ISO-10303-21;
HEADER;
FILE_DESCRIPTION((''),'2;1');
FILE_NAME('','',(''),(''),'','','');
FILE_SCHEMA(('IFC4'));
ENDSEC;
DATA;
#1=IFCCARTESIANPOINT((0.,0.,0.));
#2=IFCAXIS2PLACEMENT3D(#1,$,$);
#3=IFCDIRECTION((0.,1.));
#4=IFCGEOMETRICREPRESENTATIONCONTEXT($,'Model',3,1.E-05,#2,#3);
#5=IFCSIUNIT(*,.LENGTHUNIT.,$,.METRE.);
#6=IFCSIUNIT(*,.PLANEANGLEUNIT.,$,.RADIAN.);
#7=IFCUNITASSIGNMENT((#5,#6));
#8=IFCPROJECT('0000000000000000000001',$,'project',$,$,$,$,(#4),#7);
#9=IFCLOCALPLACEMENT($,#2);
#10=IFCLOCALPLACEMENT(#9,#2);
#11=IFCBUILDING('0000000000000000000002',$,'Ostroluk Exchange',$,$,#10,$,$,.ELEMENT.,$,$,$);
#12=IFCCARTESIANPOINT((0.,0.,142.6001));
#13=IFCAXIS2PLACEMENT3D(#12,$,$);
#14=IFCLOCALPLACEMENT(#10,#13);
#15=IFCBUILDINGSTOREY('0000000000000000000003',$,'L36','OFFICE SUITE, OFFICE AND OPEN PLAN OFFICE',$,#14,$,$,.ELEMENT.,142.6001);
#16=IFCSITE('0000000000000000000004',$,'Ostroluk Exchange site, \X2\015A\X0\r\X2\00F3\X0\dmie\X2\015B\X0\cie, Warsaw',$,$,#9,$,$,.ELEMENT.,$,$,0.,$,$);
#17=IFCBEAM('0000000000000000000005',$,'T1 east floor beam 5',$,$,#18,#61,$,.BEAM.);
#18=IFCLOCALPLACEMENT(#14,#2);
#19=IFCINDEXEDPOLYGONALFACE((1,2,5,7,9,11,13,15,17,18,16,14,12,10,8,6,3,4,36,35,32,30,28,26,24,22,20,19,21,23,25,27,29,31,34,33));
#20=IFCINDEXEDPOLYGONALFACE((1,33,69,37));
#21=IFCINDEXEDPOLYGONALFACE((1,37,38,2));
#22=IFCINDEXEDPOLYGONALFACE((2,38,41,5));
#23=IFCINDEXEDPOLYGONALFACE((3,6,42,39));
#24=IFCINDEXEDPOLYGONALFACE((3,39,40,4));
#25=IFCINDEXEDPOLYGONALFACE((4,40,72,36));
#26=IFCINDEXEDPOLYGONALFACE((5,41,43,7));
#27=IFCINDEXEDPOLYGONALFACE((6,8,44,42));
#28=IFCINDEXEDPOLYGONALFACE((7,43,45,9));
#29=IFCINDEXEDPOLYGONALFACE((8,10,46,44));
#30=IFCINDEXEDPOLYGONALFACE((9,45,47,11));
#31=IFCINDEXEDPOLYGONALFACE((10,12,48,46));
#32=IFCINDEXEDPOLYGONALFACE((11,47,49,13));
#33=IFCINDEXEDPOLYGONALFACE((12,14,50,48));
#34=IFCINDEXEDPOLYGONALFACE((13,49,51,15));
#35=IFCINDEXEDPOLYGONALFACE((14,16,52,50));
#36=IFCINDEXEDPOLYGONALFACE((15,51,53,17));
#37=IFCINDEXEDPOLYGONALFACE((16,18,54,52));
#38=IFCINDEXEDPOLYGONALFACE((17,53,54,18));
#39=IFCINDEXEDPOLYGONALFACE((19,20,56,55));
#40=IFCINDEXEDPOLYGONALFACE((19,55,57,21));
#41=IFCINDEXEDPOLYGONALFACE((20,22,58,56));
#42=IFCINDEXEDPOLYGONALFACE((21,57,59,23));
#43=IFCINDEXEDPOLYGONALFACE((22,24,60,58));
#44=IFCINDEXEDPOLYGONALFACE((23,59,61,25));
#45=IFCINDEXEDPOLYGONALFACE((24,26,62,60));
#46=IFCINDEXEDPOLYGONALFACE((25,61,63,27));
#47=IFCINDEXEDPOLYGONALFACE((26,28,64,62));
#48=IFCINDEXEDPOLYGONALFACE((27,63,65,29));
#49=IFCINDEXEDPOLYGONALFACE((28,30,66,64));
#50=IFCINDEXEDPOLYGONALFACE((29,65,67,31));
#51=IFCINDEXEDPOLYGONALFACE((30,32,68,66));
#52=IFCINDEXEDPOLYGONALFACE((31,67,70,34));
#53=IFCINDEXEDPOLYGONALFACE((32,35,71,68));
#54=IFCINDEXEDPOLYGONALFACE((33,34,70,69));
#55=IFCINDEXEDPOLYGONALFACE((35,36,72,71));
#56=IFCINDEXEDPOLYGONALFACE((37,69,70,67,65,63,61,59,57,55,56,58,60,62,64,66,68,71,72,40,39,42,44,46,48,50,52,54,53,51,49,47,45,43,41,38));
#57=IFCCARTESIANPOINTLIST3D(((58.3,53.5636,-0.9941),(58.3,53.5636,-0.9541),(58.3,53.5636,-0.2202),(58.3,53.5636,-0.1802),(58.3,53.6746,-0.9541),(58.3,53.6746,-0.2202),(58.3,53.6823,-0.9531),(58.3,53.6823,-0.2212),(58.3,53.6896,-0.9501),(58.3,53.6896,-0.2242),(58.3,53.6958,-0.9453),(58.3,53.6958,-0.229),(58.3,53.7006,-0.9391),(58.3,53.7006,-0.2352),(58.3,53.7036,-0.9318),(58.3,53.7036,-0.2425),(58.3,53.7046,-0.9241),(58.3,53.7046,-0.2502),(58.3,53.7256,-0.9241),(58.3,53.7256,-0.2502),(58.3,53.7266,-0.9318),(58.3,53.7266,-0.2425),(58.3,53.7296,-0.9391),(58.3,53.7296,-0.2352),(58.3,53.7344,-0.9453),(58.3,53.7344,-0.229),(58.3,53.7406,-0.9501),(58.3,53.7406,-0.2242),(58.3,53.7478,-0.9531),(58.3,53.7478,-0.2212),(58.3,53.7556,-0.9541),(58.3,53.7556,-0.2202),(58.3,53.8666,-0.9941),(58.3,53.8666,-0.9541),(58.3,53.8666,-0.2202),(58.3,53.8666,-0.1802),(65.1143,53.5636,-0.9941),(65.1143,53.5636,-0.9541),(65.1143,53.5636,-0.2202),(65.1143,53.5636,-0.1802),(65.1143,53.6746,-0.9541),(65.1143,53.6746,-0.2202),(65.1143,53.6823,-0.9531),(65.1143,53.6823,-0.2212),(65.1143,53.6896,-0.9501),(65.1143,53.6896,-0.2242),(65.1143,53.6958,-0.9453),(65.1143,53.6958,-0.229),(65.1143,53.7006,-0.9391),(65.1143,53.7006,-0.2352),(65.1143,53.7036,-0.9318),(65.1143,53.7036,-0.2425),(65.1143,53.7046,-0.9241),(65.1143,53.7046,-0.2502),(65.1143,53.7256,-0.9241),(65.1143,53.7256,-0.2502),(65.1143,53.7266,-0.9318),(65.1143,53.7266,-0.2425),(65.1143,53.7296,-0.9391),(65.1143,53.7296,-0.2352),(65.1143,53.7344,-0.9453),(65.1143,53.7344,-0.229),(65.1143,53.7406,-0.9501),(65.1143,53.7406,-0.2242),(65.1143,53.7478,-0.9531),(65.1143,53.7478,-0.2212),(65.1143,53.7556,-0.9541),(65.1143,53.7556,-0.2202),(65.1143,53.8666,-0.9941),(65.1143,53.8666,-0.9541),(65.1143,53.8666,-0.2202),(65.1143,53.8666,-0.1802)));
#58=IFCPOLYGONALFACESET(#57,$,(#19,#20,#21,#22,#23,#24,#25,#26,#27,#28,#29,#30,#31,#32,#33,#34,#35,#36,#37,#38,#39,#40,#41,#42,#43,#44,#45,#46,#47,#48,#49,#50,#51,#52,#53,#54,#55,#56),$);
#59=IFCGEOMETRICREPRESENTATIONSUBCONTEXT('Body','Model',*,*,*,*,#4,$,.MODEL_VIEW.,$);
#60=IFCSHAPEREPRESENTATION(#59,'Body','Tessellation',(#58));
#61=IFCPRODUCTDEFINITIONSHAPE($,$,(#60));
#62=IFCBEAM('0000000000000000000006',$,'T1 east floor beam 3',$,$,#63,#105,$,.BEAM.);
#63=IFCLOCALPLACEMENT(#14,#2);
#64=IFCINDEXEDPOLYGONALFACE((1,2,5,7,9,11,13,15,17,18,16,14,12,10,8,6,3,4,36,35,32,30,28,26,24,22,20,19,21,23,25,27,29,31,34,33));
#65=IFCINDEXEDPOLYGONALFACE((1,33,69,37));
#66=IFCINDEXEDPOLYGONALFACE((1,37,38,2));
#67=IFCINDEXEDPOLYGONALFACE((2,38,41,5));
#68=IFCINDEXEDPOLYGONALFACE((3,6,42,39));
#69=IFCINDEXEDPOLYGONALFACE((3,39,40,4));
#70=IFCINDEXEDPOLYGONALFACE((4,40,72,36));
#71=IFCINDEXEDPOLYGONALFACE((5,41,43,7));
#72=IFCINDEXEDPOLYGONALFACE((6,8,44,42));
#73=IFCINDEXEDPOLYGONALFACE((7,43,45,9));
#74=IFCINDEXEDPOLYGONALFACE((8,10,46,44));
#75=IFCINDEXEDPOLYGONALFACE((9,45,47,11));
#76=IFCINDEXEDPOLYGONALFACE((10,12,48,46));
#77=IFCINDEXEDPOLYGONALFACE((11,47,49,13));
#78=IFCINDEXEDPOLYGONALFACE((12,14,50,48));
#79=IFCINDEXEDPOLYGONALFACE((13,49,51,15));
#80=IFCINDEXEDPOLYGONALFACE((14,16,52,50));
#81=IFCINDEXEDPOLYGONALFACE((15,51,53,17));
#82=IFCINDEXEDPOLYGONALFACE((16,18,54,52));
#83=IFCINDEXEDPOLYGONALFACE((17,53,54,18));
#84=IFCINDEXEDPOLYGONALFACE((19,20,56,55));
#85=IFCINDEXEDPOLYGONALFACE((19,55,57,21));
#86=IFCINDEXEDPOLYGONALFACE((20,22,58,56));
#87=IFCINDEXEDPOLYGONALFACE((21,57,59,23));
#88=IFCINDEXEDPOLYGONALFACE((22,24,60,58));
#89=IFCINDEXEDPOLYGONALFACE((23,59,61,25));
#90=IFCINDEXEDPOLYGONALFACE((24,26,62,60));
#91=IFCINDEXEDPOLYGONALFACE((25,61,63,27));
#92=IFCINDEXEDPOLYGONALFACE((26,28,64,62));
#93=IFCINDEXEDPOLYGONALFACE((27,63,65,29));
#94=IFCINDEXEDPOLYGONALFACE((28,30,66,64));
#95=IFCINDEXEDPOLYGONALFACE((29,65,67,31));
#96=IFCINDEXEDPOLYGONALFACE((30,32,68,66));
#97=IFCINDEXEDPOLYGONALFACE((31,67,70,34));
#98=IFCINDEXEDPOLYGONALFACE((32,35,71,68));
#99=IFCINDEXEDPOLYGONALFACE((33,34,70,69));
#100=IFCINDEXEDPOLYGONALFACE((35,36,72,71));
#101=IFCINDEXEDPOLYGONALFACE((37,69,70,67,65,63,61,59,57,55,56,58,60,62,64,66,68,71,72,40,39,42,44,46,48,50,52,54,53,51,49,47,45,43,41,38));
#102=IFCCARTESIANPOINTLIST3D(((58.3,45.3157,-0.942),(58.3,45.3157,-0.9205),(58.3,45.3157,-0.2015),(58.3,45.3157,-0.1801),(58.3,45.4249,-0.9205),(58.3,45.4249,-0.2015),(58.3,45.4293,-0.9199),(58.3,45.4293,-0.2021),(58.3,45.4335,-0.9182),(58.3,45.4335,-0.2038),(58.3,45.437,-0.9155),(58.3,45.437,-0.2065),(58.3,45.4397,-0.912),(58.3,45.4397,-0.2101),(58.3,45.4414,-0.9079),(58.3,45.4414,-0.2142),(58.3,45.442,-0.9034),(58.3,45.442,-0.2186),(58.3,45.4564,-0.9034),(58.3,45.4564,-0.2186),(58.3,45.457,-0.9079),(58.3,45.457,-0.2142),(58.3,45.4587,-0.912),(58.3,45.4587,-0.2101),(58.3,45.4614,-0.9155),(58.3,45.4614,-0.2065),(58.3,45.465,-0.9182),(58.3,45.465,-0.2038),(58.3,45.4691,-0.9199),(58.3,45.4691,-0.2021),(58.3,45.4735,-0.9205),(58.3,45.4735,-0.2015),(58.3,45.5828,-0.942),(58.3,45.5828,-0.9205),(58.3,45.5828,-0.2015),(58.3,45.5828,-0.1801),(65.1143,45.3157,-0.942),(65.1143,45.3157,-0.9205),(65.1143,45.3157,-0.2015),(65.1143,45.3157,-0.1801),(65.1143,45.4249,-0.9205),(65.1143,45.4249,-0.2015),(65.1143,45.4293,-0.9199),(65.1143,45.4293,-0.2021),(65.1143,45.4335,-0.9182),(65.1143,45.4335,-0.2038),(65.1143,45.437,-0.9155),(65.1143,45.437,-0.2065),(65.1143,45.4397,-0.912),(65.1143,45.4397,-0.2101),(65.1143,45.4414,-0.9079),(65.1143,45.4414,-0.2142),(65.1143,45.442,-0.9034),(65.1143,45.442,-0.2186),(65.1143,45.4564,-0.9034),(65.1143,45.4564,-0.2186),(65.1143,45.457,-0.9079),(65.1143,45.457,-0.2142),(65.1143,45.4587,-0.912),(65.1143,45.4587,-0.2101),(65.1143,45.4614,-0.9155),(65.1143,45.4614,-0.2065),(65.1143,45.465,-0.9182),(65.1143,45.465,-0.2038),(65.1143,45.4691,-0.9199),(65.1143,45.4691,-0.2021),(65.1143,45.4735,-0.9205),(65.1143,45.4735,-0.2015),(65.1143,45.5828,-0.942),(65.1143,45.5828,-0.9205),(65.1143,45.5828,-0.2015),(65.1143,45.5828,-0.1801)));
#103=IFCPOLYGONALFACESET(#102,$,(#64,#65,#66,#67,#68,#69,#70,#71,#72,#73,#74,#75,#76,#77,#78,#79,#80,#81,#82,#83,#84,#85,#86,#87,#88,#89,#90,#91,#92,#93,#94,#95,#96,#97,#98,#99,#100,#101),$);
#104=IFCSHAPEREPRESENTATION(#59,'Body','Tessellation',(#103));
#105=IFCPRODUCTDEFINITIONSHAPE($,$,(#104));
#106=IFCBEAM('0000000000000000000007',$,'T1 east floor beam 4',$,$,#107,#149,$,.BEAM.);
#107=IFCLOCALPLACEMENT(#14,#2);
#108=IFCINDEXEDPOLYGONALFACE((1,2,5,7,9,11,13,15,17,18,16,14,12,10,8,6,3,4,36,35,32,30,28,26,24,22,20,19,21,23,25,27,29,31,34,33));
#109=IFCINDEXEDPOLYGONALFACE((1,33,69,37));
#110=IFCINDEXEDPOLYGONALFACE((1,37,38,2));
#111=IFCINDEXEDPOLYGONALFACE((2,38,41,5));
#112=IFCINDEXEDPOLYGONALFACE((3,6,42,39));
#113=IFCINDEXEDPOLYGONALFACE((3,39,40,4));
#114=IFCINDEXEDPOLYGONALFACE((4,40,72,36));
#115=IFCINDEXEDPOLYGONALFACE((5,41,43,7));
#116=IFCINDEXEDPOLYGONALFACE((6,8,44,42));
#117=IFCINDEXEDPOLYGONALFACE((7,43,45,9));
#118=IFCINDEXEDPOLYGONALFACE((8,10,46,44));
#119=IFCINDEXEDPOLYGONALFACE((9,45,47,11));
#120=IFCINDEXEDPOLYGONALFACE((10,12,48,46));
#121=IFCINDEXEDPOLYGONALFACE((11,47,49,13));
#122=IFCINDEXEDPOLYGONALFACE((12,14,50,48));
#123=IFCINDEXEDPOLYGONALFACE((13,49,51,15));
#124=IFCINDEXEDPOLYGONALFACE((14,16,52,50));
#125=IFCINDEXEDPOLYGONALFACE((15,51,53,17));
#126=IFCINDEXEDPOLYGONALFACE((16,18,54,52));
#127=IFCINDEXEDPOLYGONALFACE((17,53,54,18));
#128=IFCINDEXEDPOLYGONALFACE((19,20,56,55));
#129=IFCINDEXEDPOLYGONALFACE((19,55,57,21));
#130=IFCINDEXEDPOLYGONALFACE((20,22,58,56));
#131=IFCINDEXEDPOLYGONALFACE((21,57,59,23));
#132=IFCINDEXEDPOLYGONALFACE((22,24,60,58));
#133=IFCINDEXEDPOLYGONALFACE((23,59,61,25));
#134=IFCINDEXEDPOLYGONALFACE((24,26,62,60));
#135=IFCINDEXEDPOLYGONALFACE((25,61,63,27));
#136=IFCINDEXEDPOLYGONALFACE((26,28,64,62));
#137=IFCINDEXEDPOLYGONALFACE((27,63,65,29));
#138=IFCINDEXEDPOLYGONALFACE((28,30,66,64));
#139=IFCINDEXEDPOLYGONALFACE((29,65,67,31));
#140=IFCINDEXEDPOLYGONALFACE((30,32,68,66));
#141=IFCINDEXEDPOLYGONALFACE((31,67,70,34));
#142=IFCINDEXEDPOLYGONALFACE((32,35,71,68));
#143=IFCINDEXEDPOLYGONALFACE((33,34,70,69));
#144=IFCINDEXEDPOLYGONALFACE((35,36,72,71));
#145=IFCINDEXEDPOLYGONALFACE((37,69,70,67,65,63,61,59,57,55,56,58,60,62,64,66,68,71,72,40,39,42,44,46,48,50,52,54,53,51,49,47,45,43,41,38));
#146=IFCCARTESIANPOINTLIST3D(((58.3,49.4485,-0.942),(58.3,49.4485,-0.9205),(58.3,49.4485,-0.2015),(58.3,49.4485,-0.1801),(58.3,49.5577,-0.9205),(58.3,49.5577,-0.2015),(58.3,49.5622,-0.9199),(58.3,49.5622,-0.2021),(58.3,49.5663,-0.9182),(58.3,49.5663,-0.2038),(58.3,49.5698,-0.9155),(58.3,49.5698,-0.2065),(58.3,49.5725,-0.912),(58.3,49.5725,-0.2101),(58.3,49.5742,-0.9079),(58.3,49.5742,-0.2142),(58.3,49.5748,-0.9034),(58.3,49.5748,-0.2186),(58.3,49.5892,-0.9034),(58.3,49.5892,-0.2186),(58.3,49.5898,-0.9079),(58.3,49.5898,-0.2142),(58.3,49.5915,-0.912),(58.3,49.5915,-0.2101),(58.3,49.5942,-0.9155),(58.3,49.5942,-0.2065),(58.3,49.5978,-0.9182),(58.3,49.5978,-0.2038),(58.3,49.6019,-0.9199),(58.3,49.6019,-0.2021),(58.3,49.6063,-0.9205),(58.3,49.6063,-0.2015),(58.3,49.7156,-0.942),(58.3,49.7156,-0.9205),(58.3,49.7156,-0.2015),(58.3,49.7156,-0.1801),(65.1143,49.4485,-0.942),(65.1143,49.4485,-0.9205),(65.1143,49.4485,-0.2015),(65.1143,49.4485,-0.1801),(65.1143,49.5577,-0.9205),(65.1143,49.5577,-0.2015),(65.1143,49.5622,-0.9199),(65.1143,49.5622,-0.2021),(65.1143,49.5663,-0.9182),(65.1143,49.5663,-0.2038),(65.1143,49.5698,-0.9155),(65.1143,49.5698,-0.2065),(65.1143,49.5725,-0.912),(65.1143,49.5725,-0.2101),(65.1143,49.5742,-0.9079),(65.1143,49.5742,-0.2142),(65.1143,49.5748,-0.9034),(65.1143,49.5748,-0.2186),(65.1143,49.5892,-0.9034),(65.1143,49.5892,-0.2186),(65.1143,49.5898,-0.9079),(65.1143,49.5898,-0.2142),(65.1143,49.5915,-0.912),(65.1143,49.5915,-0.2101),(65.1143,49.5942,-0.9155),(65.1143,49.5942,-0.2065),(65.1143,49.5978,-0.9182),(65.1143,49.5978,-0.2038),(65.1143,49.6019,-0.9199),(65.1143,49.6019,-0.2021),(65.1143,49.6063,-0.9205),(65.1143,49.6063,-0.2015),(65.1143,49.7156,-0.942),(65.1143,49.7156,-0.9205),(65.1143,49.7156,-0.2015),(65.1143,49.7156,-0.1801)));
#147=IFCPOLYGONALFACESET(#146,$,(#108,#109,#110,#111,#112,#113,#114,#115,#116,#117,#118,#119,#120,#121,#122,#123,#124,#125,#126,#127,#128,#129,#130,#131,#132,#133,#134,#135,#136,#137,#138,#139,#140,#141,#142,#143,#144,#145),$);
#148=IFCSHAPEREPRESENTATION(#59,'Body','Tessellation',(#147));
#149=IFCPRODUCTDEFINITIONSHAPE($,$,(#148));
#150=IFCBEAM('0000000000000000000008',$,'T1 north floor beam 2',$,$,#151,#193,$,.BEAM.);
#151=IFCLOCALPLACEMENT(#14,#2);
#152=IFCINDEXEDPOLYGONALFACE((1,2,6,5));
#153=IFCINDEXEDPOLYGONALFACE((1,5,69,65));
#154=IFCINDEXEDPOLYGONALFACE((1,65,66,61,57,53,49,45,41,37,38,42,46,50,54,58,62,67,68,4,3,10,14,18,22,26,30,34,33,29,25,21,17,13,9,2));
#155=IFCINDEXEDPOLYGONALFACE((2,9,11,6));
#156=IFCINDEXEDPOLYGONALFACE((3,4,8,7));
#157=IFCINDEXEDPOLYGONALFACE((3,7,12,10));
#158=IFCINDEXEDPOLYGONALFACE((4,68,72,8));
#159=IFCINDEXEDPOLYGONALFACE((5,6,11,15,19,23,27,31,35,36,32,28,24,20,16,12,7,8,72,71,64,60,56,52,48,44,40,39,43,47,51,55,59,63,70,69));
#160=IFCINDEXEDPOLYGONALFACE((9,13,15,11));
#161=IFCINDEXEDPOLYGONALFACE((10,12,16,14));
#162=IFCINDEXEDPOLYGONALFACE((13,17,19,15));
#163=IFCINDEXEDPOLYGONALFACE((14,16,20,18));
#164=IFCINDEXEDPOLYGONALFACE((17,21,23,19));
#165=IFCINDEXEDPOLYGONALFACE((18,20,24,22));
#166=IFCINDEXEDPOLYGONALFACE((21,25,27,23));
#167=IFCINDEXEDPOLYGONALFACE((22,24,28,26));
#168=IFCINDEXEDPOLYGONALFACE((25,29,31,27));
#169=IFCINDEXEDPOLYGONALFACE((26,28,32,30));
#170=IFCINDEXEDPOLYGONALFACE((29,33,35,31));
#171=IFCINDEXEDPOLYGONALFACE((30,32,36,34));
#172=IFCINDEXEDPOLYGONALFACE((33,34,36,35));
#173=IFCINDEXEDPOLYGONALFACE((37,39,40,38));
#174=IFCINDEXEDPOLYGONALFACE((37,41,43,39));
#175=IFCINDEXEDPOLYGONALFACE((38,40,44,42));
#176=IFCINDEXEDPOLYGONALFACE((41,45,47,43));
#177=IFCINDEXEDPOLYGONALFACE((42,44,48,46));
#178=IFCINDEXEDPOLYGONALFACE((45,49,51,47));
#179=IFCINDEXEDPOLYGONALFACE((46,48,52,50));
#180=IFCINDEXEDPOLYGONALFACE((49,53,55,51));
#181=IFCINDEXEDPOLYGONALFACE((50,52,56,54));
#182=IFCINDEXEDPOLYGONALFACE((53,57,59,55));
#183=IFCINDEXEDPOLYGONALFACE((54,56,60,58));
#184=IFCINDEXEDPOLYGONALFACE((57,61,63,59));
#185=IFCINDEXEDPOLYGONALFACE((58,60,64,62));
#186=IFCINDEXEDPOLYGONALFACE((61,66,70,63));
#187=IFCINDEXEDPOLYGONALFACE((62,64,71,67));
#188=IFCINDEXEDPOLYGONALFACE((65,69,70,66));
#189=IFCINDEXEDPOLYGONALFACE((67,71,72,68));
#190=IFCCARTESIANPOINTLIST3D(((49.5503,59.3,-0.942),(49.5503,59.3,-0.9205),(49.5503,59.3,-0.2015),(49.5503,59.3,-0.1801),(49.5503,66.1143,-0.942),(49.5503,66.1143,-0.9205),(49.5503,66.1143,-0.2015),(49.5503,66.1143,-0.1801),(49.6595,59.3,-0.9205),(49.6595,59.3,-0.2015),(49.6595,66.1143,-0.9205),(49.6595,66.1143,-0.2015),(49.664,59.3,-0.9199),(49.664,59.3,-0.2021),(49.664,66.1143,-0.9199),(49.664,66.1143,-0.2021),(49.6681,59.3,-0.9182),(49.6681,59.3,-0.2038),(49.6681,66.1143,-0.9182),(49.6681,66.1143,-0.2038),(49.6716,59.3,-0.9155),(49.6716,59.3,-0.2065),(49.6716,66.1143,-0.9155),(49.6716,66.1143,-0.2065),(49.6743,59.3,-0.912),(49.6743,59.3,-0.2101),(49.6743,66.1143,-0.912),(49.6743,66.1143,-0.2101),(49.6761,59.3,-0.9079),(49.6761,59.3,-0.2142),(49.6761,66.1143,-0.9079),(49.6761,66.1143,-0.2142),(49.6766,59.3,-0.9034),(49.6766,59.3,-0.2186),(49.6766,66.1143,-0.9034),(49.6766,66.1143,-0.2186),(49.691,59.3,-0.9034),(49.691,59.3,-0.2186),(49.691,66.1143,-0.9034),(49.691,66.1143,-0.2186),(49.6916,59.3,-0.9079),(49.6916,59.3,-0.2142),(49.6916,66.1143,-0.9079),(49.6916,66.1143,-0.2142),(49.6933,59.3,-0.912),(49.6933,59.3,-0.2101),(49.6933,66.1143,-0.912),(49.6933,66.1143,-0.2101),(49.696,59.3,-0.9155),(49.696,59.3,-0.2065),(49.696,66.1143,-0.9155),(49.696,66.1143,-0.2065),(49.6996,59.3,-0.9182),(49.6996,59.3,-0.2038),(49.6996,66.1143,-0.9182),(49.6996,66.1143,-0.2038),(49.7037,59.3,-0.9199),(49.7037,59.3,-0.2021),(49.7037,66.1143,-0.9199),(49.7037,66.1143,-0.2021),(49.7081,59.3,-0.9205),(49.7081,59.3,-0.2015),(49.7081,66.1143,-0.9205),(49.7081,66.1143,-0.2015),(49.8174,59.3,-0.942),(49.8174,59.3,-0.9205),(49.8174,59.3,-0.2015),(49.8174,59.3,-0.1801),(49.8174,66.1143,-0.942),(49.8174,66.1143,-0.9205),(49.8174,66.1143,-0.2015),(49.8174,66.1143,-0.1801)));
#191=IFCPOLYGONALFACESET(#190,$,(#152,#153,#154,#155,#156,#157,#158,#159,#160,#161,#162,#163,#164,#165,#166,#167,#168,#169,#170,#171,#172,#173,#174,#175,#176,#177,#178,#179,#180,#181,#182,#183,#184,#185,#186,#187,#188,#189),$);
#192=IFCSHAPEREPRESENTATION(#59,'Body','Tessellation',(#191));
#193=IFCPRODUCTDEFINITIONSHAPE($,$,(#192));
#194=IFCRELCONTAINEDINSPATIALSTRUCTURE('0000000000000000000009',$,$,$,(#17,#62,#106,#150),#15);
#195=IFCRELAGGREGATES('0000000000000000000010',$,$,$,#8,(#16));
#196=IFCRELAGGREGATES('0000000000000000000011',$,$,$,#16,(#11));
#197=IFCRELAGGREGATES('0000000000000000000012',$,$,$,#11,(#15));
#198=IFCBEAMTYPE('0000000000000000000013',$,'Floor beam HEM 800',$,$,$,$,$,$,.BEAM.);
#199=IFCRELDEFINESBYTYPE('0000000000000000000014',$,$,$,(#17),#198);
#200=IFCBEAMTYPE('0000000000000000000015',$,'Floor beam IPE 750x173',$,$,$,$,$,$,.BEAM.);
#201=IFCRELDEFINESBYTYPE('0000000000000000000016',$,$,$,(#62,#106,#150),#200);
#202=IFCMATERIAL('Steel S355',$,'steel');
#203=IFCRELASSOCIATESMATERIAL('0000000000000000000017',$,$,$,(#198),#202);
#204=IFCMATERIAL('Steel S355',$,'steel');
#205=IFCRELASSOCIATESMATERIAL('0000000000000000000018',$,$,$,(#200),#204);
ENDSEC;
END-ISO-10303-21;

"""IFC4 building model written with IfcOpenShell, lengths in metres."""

from ifc_helpers import new_model, si_unit, direction, frame, origin, origin_2d, place, context, subcontext, project, spatial, i_section, extrude, material, material_profile, profile_set, type_object, element, save


model = new_model("IFC4")

# Units and contexts
model_context = context("Model", 3, precision=1e-05, world=origin(), true_north=direction((0.0, 1.0)))
body_context = subcontext(model_context, "Body", "Model", "MODEL_VIEW")
ifc_project = project(units=[si_unit("LENGTHUNIT", "METRE"), si_unit("PLANEANGLEUNIT", "RADIAN")], contexts=[model_context])

# Site, building, storey
site_placement = place(None, origin())
site = spatial("IfcSite", under=ifc_project, at=site_placement, Name="Ostroluk Exchange site, Śródmieście, Warsaw", CompositionType="ELEMENT", RefElevation=0.0)
building_placement = place(site_placement, origin())
building = spatial("IfcBuilding", under=site, at=building_placement, Name="Ostroluk Exchange", CompositionType="ELEMENT")
storey_placement = place(building_placement, frame((0.0, 0.0, 142.6001)))
storey = spatial("IfcBuildingStorey", under=building, at=storey_placement, Name="L36", Description="OFFICE SUITE, OFFICE AND OPEN PLAN OFFICE", CompositionType="ELEMENT", Elevation=142.6001)

# Beams
ifc_material_1 = material(Name="Steel S355", Category="steel")
ifc_material_profile_1 = material_profile(ifc_material_1, i_section(OverallWidth=0.303, OverallDepth=0.814, WebThickness=0.021, FlangeThickness=0.04, FilletRadius=0.03, at=origin_2d()), Name="HEM 800")
ifc_profile_set_1 = profile_set([ifc_material_profile_1], Name="Steel S355")
beam_type_1 = type_object("IfcBeamType", Name="Floor beam HEM 800", PredefinedType="BEAM", material=ifc_profile_set_1)
beam_placement = place(storey_placement, frame((58.3, 53.7151, -0.5872), z_axis=(1.0, 0.0, 0.0), x_axis=(0.0, 1.0, 0.0)))
element("IfcBeam", 1, at=beam_placement, inside=storey, type_object=beam_type_1, Name="T1 east floor beam 5", PredefinedType="BEAM", context=body_context, shape_type="SweptSolid", body=[
    extrude(i_section(OverallWidth=0.303, OverallDepth=0.814, WebThickness=0.021, FlangeThickness=0.04, FilletRadius=0.03, at=origin_2d()), origin(), (0.0, 0.0, 1.0), 6.8142),
])
ifc_material_2 = material(Name="Steel S355", Category="steel")
ifc_material_profile_2 = material_profile(ifc_material_2, i_section(OverallWidth=0.2671, OverallDepth=0.762, WebThickness=0.0144, FlangeThickness=0.0215, FilletRadius=0.0171, at=origin_2d()), Name="IPE 750x173")
ifc_profile_set_2 = profile_set([ifc_material_profile_2], Name="Steel S355")
beam_type_2 = type_object("IfcBeamType", Name="Floor beam IPE 750x173", PredefinedType="BEAM", material=ifc_profile_set_2)
for number, where, z_axis, x_axis, name in (
    (2, (58.3, 45.4492, -0.561), (1.0, 0.0, 0.0), (0.0, 1.0, 0.0), "T1 east floor beam 3"),
    (3, (58.3, 49.582, -0.561), (1.0, 0.0, 0.0), (0.0, 1.0, 0.0), "T1 east floor beam 4"),
    (4, (49.6838, 59.3, -0.561), (0.0, 1.0, 0.0), (-1.0, 0.0, 0.0), "T1 north floor beam 2"),
):
    element("IfcBeam", number, at=place(storey_placement, frame(where, z_axis=z_axis, x_axis=x_axis)), inside=storey, type_object=beam_type_2, Name=name, PredefinedType="BEAM", context=body_context, shape_type="SweptSolid", body=[
        extrude(i_section(OverallWidth=0.2671, OverallDepth=0.762, WebThickness=0.0144, FlangeThickness=0.0215, FilletRadius=0.0171, at=origin_2d()), origin(), (0.0, 0.0, 1.0), 6.8142),
    ])

save(model, "model.ifc")
